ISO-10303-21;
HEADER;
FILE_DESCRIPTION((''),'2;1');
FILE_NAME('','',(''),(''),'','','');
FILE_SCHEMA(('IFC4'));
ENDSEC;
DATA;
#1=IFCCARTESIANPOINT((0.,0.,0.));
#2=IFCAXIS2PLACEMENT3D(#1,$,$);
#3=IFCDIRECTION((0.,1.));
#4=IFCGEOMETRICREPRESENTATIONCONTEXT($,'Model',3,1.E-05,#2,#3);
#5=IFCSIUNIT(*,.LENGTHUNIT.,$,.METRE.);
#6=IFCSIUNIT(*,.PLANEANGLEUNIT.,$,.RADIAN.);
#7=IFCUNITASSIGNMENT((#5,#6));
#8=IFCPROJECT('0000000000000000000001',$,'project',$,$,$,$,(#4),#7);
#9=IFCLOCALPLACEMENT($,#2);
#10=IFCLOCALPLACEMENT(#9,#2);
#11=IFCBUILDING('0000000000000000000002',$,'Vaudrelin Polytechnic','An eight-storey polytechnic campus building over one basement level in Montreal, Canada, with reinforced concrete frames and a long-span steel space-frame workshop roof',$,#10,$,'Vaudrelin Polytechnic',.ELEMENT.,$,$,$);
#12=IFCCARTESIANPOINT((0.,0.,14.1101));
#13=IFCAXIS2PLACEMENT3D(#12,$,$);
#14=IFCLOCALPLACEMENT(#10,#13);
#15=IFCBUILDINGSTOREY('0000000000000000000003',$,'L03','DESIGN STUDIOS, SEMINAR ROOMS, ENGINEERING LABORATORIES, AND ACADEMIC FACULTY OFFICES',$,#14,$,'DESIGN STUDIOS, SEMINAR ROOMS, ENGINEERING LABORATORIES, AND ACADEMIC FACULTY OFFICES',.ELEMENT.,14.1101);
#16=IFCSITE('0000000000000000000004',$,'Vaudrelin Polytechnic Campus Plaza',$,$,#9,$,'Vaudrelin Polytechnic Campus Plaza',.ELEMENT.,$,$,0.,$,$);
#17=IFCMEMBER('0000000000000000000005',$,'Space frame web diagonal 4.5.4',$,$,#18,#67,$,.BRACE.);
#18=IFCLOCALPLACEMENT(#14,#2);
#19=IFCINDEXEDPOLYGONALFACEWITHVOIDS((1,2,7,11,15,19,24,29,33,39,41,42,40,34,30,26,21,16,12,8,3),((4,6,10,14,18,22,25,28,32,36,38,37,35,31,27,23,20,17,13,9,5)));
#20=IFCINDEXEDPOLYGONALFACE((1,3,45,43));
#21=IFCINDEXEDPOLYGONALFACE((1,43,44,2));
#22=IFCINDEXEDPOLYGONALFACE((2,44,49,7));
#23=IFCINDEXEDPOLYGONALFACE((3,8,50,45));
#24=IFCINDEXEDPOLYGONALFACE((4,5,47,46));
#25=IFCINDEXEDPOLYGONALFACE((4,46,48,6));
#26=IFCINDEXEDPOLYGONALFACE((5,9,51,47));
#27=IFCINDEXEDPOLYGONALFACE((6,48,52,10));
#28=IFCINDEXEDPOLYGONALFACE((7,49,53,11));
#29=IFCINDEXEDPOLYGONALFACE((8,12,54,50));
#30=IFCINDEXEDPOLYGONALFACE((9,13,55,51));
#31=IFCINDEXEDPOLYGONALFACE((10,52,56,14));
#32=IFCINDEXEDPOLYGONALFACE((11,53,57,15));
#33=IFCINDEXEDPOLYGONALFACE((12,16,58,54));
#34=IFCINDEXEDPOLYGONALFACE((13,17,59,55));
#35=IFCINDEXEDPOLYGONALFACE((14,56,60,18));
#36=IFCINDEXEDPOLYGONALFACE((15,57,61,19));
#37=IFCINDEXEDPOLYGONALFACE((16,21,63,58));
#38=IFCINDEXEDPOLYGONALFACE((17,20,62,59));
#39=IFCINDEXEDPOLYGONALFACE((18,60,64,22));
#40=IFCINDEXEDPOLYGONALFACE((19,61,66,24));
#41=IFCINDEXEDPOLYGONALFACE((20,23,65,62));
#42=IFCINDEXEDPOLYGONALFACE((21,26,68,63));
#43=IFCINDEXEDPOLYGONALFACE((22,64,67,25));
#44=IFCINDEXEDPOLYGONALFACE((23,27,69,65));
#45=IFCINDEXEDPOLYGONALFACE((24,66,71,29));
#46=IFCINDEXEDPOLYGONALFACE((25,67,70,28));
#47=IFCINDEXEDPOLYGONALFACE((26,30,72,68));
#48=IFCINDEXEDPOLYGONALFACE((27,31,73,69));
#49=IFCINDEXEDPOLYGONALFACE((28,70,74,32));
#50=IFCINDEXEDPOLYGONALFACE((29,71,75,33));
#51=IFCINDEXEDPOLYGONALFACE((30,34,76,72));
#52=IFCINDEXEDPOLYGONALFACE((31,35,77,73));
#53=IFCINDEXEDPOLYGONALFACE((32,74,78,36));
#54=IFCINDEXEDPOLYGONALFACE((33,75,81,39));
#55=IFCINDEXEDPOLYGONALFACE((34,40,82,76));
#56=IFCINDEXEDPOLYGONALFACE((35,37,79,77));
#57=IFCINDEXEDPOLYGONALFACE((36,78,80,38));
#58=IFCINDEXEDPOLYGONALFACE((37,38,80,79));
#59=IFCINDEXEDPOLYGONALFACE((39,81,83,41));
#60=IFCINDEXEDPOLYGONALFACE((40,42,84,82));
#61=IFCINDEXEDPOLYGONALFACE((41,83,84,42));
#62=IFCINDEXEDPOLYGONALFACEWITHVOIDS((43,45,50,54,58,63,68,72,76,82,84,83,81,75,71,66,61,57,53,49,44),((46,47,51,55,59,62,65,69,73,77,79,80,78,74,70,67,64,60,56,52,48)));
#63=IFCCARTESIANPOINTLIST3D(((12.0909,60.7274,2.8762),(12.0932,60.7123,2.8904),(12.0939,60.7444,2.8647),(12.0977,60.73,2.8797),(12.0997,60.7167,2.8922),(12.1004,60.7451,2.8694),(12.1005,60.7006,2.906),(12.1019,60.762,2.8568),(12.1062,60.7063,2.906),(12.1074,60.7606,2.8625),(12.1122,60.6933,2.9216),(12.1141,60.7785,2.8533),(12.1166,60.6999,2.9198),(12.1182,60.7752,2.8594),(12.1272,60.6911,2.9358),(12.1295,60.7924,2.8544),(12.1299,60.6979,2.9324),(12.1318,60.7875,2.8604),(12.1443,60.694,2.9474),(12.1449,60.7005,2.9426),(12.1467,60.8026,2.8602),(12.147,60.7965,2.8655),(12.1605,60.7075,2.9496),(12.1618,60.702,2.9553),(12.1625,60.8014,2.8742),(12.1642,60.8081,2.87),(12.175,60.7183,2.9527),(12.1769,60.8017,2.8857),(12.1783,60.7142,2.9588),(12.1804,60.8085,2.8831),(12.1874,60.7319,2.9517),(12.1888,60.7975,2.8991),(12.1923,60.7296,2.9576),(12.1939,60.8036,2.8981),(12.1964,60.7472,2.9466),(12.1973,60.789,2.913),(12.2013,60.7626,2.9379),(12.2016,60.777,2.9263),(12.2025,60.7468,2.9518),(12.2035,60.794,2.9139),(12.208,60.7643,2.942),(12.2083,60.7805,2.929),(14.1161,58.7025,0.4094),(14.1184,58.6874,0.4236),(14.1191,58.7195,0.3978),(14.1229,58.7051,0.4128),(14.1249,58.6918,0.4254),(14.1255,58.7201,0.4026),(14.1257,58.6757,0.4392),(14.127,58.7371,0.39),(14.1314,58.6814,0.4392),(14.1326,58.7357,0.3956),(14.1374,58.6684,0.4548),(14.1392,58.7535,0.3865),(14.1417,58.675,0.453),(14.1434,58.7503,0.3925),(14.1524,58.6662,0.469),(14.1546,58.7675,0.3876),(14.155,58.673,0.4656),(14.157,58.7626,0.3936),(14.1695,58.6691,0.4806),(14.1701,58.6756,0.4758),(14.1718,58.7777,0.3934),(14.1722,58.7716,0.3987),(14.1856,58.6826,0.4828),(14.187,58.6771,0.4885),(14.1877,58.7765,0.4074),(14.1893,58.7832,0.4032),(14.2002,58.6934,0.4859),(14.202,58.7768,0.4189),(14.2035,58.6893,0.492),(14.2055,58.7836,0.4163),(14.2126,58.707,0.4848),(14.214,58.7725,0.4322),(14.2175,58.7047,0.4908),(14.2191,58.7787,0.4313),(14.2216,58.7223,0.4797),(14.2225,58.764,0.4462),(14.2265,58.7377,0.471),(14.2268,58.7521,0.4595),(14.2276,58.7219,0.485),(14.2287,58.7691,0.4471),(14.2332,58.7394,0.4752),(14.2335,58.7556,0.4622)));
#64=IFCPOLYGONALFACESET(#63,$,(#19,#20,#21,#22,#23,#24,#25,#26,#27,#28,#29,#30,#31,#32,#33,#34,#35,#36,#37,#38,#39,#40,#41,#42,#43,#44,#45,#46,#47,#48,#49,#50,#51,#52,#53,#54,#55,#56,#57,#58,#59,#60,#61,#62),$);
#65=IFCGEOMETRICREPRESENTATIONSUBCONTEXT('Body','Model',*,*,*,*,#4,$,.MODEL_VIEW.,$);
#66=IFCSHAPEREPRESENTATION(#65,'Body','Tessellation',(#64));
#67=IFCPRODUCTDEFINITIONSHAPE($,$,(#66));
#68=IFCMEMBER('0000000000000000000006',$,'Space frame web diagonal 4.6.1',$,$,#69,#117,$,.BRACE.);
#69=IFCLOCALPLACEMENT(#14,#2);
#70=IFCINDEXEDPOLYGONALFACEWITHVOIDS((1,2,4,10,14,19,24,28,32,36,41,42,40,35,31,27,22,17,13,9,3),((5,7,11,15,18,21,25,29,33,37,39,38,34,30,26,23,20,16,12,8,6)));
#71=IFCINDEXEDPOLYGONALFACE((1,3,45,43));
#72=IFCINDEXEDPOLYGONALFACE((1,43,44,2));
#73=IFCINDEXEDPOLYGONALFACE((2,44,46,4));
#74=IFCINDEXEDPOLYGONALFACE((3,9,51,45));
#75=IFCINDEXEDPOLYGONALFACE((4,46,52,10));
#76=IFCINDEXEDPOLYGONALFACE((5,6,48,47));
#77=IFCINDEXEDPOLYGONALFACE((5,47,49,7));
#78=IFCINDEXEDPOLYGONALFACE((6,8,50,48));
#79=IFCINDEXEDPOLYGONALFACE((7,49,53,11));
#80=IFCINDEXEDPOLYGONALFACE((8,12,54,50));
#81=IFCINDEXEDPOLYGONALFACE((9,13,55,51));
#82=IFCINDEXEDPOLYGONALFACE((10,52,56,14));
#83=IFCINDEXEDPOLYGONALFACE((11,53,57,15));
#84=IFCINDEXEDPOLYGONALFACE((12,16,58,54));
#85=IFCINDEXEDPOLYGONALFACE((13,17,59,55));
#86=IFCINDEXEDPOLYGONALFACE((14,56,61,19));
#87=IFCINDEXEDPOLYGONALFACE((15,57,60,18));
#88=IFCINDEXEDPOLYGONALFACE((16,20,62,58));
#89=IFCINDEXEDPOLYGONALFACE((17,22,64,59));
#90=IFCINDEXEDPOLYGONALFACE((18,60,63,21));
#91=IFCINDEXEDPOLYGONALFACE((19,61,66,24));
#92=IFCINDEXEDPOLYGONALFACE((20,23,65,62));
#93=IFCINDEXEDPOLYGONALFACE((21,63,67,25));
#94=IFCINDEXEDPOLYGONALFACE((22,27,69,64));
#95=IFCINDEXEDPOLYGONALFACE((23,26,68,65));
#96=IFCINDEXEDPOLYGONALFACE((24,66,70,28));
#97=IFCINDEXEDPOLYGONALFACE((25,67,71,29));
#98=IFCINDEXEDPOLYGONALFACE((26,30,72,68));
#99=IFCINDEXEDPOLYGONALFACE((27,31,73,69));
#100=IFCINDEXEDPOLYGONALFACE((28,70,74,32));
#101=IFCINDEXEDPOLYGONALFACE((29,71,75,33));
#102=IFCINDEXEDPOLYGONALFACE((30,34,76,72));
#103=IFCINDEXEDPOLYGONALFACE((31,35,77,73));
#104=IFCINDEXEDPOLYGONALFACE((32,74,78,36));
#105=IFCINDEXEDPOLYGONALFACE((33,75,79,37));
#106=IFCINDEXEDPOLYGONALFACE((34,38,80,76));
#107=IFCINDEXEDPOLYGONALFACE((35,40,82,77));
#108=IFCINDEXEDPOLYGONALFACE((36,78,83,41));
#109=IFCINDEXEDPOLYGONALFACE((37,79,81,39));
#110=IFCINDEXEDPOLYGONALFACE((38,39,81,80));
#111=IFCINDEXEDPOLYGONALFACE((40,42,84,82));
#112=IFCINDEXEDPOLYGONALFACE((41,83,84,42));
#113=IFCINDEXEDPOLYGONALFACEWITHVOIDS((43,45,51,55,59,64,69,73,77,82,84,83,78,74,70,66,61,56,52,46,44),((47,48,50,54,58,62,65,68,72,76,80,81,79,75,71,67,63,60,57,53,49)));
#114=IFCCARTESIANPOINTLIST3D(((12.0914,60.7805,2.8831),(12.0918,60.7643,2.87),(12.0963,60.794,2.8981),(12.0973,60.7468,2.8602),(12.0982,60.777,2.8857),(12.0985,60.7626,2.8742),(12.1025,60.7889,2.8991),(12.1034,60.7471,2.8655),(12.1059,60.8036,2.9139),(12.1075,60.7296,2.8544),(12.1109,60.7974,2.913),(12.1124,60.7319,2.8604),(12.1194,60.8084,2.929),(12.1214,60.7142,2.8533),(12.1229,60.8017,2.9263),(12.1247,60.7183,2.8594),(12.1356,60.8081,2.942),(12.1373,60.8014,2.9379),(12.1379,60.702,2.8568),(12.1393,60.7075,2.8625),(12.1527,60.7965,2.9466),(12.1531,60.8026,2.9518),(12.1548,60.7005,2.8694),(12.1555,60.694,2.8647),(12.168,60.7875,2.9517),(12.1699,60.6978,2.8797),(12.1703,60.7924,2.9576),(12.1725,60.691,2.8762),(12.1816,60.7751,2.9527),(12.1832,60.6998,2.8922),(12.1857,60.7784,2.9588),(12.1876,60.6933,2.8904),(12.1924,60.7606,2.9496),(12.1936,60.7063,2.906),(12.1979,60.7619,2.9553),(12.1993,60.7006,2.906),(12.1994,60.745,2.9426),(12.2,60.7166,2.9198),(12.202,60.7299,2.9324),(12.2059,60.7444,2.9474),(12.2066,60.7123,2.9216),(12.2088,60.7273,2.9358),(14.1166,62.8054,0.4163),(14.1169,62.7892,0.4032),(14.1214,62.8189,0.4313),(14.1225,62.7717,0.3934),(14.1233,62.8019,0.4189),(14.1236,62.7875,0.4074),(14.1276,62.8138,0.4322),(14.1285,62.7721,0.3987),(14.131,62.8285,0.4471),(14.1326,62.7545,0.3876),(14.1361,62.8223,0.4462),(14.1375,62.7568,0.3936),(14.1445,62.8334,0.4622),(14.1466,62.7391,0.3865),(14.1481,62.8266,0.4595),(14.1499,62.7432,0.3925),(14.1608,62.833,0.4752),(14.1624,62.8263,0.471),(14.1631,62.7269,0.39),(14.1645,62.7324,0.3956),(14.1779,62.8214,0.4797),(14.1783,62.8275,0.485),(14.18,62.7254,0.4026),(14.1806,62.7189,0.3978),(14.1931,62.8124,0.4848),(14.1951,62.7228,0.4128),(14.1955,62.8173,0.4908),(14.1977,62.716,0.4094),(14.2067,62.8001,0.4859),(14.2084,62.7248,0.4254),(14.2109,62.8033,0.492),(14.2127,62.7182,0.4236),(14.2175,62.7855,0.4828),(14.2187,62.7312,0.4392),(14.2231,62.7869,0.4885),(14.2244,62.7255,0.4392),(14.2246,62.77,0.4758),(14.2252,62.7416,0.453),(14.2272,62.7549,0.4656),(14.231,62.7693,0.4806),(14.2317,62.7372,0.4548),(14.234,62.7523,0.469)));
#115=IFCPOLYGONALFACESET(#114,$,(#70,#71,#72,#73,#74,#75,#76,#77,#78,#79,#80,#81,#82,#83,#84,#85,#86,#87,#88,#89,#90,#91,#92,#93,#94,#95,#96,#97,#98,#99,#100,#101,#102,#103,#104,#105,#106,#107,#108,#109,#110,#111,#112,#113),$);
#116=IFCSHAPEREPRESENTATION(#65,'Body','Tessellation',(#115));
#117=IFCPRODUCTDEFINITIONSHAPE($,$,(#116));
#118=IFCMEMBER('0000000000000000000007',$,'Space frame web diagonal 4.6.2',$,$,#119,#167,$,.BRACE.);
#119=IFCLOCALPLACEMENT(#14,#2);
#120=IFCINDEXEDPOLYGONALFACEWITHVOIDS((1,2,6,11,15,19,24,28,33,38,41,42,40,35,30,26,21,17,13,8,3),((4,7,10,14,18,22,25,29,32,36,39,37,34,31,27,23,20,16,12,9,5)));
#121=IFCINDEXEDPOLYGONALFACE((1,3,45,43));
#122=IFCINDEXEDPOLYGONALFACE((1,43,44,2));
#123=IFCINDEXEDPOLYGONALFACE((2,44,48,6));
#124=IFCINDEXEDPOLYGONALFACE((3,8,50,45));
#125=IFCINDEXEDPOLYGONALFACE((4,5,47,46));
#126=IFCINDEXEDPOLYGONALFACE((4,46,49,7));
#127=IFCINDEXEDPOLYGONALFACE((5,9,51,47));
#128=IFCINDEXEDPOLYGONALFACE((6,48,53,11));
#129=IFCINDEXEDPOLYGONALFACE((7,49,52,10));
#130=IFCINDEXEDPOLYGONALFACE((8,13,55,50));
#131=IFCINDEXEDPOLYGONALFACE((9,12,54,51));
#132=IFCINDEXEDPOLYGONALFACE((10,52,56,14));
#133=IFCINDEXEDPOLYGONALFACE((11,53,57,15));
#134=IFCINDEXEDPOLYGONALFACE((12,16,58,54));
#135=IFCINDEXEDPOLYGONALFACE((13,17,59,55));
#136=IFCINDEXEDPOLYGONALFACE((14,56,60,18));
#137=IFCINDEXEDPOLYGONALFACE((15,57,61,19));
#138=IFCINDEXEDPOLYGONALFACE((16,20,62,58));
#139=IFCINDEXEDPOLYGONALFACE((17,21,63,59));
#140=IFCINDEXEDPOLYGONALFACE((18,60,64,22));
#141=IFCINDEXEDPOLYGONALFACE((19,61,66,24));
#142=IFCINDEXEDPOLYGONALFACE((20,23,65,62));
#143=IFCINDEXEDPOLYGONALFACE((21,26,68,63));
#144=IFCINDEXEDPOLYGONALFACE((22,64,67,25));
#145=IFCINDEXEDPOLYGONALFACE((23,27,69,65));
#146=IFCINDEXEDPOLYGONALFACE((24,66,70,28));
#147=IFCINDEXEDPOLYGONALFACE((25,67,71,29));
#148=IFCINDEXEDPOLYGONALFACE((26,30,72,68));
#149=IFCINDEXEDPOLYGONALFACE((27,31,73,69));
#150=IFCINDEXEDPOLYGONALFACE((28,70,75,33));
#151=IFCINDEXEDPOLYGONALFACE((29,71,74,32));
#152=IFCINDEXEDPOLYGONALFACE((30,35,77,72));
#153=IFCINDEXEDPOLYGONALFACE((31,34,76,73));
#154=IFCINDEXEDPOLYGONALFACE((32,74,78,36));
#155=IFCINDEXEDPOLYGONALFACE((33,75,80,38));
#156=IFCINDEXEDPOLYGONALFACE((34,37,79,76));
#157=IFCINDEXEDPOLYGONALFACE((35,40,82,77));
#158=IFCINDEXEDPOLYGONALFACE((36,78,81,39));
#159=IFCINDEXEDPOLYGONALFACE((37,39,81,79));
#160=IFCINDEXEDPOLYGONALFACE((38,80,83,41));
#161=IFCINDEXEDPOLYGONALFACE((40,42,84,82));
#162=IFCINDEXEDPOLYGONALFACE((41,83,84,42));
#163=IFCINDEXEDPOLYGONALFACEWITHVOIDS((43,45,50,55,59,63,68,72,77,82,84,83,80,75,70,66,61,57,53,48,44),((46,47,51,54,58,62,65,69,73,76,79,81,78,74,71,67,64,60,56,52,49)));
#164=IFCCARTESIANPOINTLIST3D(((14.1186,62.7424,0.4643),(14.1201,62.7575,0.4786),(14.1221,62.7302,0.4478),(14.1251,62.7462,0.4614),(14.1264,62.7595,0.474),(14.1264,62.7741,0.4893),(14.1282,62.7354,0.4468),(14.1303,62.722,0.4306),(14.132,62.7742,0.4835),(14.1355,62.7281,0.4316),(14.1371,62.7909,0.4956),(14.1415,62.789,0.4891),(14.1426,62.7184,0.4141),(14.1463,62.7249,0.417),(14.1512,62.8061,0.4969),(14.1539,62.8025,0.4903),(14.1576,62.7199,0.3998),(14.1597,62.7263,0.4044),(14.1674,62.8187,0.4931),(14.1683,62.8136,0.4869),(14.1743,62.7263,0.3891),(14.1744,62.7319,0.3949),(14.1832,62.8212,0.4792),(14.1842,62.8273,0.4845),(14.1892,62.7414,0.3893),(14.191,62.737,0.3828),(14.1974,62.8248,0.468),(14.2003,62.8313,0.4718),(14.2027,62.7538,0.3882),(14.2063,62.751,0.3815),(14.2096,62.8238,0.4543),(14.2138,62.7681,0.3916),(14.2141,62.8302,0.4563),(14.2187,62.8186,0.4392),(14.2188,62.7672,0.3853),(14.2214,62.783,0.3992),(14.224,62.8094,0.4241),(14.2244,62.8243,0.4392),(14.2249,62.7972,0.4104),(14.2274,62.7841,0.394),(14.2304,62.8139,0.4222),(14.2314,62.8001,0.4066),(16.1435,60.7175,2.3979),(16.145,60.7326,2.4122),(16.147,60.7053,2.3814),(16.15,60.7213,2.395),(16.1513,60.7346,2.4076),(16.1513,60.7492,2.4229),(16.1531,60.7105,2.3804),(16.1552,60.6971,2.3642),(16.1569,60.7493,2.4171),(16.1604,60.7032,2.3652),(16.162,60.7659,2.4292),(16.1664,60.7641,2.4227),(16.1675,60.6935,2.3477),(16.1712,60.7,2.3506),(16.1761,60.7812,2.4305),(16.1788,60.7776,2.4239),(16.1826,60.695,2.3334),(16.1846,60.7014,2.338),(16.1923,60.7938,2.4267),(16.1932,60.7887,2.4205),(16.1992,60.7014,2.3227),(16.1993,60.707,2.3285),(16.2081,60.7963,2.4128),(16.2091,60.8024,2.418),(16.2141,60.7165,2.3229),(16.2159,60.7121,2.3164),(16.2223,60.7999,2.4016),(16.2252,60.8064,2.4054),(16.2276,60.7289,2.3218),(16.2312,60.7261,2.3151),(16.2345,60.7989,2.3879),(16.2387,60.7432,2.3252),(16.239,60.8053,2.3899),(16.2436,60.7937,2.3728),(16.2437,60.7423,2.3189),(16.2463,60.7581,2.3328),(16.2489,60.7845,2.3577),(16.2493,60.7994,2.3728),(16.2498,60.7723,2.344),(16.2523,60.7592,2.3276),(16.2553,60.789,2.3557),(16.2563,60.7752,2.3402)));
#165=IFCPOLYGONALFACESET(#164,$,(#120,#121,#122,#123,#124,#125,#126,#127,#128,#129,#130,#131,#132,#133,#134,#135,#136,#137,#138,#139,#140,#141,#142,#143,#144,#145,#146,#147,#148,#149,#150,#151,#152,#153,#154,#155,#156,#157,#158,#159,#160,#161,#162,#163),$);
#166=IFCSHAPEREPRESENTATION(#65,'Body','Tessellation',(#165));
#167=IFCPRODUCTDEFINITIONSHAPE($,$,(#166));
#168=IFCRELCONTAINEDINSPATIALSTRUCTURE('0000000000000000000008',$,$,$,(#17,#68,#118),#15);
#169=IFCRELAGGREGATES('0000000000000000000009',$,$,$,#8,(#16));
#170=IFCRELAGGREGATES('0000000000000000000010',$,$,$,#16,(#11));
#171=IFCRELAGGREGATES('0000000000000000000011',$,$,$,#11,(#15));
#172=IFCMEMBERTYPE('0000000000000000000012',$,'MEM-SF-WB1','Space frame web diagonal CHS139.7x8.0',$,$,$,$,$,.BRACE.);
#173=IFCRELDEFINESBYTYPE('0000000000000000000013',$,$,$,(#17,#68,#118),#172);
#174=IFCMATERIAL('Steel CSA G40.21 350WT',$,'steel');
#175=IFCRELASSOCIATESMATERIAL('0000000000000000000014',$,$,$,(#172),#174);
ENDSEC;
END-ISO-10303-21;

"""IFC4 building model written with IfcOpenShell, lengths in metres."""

from ifc_helpers import new_model, si_unit, direction, frame, origin, origin_2d, place, context, subcontext, project, spatial, hollow_circle, extrude, material, material_profile, profile_set, type_object, element, save


model = new_model("IFC4")

# Units and contexts
model_context = context("Model", 3, precision=1e-05, world=origin(), true_north=direction((0.0, 1.0)))
body_context = subcontext(model_context, "Body", "Model", "MODEL_VIEW")
ifc_project = project(units=[si_unit("LENGTHUNIT", "METRE"), si_unit("PLANEANGLEUNIT", "RADIAN")], contexts=[model_context])

# Site, building, storey
site_placement = place(None, origin())
site = spatial("IfcSite", under=ifc_project, at=site_placement, Name="Vaudrelin Polytechnic Campus Plaza", LongName="Vaudrelin Polytechnic Campus Plaza", CompositionType="ELEMENT", RefElevation=0.0)
building_placement = place(site_placement, origin())
building = spatial("IfcBuilding", under=site, at=building_placement, Name="Vaudrelin Polytechnic", Description="An eight-storey polytechnic campus building over one basement level in Montreal, Canada, with reinforced concrete frames and a long-span steel space-frame workshop roof", LongName="Vaudrelin Polytechnic", CompositionType="ELEMENT")
storey_placement = place(building_placement, frame((0.0, 0.0, 14.1101)))
storey = spatial("IfcBuildingStorey", under=building, at=storey_placement, Name="L03", Description="DESIGN STUDIOS, SEMINAR ROOMS, ENGINEERING LABORATORIES, AND ACADEMIC FACULTY OFFICES", LongName="DESIGN STUDIOS, SEMINAR ROOMS, ENGINEERING LABORATORIES, AND ACADEMIC FACULTY OFFICES", CompositionType="ELEMENT", Elevation=14.1101)

# Members
ifc_material = material(Name="Steel CSA G40.21 350WT", Category="steel")
ifc_material_profile_1 = material_profile(ifc_material, hollow_circle(Radius=0.0698, WallThickness=0.0081, at=origin_2d()), Name="CHS139.7x8.0")
ifc_profile_set_1 = profile_set([ifc_material_profile_1], Name="Steel CSA G40.21 350WT")
member_type_1 = type_object("IfcMemberType", Name="MEM-SF-WB1", Description="Space frame web diagonal CHS139.7x8.0", PredefinedType="BRACE", material=ifc_profile_set_1)
for number, where, z_axis, x_axis, name in (
    (1, (14.175, 58.7251, 0.4392), (-0.535788, 0.535723, 0.652634), (-0.707064, -0.707149, 0.0), "Space frame web diagonal 4.5.4"),
    (2, (14.175, 62.7749, 0.4392), (-0.535788, -0.535723, 0.652634), (0.707064, -0.707149, 0.0), "Space frame web diagonal 4.6.1"),
):
    element("IfcMember", number, at=place(storey_placement, frame(where, z_axis=z_axis, x_axis=x_axis)), inside=storey, type_object=member_type_1, Name=name, PredefinedType="BRACE", context=body_context, shape_type="SweptSolid", body=[
        extrude(hollow_circle(Radius=0.0698, WallThickness=0.0081, at=origin_2d()), origin(), (0.0, 0.0, 1.0), 3.7798),
    ])
member_1_placement = place(storey_placement, frame((14.175, 62.7749, 0.4392), z_axis=(0.586024, -0.586024, 0.559599), x_axis=(0.707107, 0.707107, 0.0)))
element("IfcMember", 3, at=member_1_placement, inside=storey, type_object=member_type_1, Name="Space frame web diagonal 4.6.2", PredefinedType="BRACE", context=body_context, shape_type="SweptSolid", body=[
    extrude(hollow_circle(Radius=0.0698, WallThickness=0.0081, at=origin_2d()), origin(), (0.0, 0.0, 1.0), 3.4553),
])

save(model, "model.ifc")
